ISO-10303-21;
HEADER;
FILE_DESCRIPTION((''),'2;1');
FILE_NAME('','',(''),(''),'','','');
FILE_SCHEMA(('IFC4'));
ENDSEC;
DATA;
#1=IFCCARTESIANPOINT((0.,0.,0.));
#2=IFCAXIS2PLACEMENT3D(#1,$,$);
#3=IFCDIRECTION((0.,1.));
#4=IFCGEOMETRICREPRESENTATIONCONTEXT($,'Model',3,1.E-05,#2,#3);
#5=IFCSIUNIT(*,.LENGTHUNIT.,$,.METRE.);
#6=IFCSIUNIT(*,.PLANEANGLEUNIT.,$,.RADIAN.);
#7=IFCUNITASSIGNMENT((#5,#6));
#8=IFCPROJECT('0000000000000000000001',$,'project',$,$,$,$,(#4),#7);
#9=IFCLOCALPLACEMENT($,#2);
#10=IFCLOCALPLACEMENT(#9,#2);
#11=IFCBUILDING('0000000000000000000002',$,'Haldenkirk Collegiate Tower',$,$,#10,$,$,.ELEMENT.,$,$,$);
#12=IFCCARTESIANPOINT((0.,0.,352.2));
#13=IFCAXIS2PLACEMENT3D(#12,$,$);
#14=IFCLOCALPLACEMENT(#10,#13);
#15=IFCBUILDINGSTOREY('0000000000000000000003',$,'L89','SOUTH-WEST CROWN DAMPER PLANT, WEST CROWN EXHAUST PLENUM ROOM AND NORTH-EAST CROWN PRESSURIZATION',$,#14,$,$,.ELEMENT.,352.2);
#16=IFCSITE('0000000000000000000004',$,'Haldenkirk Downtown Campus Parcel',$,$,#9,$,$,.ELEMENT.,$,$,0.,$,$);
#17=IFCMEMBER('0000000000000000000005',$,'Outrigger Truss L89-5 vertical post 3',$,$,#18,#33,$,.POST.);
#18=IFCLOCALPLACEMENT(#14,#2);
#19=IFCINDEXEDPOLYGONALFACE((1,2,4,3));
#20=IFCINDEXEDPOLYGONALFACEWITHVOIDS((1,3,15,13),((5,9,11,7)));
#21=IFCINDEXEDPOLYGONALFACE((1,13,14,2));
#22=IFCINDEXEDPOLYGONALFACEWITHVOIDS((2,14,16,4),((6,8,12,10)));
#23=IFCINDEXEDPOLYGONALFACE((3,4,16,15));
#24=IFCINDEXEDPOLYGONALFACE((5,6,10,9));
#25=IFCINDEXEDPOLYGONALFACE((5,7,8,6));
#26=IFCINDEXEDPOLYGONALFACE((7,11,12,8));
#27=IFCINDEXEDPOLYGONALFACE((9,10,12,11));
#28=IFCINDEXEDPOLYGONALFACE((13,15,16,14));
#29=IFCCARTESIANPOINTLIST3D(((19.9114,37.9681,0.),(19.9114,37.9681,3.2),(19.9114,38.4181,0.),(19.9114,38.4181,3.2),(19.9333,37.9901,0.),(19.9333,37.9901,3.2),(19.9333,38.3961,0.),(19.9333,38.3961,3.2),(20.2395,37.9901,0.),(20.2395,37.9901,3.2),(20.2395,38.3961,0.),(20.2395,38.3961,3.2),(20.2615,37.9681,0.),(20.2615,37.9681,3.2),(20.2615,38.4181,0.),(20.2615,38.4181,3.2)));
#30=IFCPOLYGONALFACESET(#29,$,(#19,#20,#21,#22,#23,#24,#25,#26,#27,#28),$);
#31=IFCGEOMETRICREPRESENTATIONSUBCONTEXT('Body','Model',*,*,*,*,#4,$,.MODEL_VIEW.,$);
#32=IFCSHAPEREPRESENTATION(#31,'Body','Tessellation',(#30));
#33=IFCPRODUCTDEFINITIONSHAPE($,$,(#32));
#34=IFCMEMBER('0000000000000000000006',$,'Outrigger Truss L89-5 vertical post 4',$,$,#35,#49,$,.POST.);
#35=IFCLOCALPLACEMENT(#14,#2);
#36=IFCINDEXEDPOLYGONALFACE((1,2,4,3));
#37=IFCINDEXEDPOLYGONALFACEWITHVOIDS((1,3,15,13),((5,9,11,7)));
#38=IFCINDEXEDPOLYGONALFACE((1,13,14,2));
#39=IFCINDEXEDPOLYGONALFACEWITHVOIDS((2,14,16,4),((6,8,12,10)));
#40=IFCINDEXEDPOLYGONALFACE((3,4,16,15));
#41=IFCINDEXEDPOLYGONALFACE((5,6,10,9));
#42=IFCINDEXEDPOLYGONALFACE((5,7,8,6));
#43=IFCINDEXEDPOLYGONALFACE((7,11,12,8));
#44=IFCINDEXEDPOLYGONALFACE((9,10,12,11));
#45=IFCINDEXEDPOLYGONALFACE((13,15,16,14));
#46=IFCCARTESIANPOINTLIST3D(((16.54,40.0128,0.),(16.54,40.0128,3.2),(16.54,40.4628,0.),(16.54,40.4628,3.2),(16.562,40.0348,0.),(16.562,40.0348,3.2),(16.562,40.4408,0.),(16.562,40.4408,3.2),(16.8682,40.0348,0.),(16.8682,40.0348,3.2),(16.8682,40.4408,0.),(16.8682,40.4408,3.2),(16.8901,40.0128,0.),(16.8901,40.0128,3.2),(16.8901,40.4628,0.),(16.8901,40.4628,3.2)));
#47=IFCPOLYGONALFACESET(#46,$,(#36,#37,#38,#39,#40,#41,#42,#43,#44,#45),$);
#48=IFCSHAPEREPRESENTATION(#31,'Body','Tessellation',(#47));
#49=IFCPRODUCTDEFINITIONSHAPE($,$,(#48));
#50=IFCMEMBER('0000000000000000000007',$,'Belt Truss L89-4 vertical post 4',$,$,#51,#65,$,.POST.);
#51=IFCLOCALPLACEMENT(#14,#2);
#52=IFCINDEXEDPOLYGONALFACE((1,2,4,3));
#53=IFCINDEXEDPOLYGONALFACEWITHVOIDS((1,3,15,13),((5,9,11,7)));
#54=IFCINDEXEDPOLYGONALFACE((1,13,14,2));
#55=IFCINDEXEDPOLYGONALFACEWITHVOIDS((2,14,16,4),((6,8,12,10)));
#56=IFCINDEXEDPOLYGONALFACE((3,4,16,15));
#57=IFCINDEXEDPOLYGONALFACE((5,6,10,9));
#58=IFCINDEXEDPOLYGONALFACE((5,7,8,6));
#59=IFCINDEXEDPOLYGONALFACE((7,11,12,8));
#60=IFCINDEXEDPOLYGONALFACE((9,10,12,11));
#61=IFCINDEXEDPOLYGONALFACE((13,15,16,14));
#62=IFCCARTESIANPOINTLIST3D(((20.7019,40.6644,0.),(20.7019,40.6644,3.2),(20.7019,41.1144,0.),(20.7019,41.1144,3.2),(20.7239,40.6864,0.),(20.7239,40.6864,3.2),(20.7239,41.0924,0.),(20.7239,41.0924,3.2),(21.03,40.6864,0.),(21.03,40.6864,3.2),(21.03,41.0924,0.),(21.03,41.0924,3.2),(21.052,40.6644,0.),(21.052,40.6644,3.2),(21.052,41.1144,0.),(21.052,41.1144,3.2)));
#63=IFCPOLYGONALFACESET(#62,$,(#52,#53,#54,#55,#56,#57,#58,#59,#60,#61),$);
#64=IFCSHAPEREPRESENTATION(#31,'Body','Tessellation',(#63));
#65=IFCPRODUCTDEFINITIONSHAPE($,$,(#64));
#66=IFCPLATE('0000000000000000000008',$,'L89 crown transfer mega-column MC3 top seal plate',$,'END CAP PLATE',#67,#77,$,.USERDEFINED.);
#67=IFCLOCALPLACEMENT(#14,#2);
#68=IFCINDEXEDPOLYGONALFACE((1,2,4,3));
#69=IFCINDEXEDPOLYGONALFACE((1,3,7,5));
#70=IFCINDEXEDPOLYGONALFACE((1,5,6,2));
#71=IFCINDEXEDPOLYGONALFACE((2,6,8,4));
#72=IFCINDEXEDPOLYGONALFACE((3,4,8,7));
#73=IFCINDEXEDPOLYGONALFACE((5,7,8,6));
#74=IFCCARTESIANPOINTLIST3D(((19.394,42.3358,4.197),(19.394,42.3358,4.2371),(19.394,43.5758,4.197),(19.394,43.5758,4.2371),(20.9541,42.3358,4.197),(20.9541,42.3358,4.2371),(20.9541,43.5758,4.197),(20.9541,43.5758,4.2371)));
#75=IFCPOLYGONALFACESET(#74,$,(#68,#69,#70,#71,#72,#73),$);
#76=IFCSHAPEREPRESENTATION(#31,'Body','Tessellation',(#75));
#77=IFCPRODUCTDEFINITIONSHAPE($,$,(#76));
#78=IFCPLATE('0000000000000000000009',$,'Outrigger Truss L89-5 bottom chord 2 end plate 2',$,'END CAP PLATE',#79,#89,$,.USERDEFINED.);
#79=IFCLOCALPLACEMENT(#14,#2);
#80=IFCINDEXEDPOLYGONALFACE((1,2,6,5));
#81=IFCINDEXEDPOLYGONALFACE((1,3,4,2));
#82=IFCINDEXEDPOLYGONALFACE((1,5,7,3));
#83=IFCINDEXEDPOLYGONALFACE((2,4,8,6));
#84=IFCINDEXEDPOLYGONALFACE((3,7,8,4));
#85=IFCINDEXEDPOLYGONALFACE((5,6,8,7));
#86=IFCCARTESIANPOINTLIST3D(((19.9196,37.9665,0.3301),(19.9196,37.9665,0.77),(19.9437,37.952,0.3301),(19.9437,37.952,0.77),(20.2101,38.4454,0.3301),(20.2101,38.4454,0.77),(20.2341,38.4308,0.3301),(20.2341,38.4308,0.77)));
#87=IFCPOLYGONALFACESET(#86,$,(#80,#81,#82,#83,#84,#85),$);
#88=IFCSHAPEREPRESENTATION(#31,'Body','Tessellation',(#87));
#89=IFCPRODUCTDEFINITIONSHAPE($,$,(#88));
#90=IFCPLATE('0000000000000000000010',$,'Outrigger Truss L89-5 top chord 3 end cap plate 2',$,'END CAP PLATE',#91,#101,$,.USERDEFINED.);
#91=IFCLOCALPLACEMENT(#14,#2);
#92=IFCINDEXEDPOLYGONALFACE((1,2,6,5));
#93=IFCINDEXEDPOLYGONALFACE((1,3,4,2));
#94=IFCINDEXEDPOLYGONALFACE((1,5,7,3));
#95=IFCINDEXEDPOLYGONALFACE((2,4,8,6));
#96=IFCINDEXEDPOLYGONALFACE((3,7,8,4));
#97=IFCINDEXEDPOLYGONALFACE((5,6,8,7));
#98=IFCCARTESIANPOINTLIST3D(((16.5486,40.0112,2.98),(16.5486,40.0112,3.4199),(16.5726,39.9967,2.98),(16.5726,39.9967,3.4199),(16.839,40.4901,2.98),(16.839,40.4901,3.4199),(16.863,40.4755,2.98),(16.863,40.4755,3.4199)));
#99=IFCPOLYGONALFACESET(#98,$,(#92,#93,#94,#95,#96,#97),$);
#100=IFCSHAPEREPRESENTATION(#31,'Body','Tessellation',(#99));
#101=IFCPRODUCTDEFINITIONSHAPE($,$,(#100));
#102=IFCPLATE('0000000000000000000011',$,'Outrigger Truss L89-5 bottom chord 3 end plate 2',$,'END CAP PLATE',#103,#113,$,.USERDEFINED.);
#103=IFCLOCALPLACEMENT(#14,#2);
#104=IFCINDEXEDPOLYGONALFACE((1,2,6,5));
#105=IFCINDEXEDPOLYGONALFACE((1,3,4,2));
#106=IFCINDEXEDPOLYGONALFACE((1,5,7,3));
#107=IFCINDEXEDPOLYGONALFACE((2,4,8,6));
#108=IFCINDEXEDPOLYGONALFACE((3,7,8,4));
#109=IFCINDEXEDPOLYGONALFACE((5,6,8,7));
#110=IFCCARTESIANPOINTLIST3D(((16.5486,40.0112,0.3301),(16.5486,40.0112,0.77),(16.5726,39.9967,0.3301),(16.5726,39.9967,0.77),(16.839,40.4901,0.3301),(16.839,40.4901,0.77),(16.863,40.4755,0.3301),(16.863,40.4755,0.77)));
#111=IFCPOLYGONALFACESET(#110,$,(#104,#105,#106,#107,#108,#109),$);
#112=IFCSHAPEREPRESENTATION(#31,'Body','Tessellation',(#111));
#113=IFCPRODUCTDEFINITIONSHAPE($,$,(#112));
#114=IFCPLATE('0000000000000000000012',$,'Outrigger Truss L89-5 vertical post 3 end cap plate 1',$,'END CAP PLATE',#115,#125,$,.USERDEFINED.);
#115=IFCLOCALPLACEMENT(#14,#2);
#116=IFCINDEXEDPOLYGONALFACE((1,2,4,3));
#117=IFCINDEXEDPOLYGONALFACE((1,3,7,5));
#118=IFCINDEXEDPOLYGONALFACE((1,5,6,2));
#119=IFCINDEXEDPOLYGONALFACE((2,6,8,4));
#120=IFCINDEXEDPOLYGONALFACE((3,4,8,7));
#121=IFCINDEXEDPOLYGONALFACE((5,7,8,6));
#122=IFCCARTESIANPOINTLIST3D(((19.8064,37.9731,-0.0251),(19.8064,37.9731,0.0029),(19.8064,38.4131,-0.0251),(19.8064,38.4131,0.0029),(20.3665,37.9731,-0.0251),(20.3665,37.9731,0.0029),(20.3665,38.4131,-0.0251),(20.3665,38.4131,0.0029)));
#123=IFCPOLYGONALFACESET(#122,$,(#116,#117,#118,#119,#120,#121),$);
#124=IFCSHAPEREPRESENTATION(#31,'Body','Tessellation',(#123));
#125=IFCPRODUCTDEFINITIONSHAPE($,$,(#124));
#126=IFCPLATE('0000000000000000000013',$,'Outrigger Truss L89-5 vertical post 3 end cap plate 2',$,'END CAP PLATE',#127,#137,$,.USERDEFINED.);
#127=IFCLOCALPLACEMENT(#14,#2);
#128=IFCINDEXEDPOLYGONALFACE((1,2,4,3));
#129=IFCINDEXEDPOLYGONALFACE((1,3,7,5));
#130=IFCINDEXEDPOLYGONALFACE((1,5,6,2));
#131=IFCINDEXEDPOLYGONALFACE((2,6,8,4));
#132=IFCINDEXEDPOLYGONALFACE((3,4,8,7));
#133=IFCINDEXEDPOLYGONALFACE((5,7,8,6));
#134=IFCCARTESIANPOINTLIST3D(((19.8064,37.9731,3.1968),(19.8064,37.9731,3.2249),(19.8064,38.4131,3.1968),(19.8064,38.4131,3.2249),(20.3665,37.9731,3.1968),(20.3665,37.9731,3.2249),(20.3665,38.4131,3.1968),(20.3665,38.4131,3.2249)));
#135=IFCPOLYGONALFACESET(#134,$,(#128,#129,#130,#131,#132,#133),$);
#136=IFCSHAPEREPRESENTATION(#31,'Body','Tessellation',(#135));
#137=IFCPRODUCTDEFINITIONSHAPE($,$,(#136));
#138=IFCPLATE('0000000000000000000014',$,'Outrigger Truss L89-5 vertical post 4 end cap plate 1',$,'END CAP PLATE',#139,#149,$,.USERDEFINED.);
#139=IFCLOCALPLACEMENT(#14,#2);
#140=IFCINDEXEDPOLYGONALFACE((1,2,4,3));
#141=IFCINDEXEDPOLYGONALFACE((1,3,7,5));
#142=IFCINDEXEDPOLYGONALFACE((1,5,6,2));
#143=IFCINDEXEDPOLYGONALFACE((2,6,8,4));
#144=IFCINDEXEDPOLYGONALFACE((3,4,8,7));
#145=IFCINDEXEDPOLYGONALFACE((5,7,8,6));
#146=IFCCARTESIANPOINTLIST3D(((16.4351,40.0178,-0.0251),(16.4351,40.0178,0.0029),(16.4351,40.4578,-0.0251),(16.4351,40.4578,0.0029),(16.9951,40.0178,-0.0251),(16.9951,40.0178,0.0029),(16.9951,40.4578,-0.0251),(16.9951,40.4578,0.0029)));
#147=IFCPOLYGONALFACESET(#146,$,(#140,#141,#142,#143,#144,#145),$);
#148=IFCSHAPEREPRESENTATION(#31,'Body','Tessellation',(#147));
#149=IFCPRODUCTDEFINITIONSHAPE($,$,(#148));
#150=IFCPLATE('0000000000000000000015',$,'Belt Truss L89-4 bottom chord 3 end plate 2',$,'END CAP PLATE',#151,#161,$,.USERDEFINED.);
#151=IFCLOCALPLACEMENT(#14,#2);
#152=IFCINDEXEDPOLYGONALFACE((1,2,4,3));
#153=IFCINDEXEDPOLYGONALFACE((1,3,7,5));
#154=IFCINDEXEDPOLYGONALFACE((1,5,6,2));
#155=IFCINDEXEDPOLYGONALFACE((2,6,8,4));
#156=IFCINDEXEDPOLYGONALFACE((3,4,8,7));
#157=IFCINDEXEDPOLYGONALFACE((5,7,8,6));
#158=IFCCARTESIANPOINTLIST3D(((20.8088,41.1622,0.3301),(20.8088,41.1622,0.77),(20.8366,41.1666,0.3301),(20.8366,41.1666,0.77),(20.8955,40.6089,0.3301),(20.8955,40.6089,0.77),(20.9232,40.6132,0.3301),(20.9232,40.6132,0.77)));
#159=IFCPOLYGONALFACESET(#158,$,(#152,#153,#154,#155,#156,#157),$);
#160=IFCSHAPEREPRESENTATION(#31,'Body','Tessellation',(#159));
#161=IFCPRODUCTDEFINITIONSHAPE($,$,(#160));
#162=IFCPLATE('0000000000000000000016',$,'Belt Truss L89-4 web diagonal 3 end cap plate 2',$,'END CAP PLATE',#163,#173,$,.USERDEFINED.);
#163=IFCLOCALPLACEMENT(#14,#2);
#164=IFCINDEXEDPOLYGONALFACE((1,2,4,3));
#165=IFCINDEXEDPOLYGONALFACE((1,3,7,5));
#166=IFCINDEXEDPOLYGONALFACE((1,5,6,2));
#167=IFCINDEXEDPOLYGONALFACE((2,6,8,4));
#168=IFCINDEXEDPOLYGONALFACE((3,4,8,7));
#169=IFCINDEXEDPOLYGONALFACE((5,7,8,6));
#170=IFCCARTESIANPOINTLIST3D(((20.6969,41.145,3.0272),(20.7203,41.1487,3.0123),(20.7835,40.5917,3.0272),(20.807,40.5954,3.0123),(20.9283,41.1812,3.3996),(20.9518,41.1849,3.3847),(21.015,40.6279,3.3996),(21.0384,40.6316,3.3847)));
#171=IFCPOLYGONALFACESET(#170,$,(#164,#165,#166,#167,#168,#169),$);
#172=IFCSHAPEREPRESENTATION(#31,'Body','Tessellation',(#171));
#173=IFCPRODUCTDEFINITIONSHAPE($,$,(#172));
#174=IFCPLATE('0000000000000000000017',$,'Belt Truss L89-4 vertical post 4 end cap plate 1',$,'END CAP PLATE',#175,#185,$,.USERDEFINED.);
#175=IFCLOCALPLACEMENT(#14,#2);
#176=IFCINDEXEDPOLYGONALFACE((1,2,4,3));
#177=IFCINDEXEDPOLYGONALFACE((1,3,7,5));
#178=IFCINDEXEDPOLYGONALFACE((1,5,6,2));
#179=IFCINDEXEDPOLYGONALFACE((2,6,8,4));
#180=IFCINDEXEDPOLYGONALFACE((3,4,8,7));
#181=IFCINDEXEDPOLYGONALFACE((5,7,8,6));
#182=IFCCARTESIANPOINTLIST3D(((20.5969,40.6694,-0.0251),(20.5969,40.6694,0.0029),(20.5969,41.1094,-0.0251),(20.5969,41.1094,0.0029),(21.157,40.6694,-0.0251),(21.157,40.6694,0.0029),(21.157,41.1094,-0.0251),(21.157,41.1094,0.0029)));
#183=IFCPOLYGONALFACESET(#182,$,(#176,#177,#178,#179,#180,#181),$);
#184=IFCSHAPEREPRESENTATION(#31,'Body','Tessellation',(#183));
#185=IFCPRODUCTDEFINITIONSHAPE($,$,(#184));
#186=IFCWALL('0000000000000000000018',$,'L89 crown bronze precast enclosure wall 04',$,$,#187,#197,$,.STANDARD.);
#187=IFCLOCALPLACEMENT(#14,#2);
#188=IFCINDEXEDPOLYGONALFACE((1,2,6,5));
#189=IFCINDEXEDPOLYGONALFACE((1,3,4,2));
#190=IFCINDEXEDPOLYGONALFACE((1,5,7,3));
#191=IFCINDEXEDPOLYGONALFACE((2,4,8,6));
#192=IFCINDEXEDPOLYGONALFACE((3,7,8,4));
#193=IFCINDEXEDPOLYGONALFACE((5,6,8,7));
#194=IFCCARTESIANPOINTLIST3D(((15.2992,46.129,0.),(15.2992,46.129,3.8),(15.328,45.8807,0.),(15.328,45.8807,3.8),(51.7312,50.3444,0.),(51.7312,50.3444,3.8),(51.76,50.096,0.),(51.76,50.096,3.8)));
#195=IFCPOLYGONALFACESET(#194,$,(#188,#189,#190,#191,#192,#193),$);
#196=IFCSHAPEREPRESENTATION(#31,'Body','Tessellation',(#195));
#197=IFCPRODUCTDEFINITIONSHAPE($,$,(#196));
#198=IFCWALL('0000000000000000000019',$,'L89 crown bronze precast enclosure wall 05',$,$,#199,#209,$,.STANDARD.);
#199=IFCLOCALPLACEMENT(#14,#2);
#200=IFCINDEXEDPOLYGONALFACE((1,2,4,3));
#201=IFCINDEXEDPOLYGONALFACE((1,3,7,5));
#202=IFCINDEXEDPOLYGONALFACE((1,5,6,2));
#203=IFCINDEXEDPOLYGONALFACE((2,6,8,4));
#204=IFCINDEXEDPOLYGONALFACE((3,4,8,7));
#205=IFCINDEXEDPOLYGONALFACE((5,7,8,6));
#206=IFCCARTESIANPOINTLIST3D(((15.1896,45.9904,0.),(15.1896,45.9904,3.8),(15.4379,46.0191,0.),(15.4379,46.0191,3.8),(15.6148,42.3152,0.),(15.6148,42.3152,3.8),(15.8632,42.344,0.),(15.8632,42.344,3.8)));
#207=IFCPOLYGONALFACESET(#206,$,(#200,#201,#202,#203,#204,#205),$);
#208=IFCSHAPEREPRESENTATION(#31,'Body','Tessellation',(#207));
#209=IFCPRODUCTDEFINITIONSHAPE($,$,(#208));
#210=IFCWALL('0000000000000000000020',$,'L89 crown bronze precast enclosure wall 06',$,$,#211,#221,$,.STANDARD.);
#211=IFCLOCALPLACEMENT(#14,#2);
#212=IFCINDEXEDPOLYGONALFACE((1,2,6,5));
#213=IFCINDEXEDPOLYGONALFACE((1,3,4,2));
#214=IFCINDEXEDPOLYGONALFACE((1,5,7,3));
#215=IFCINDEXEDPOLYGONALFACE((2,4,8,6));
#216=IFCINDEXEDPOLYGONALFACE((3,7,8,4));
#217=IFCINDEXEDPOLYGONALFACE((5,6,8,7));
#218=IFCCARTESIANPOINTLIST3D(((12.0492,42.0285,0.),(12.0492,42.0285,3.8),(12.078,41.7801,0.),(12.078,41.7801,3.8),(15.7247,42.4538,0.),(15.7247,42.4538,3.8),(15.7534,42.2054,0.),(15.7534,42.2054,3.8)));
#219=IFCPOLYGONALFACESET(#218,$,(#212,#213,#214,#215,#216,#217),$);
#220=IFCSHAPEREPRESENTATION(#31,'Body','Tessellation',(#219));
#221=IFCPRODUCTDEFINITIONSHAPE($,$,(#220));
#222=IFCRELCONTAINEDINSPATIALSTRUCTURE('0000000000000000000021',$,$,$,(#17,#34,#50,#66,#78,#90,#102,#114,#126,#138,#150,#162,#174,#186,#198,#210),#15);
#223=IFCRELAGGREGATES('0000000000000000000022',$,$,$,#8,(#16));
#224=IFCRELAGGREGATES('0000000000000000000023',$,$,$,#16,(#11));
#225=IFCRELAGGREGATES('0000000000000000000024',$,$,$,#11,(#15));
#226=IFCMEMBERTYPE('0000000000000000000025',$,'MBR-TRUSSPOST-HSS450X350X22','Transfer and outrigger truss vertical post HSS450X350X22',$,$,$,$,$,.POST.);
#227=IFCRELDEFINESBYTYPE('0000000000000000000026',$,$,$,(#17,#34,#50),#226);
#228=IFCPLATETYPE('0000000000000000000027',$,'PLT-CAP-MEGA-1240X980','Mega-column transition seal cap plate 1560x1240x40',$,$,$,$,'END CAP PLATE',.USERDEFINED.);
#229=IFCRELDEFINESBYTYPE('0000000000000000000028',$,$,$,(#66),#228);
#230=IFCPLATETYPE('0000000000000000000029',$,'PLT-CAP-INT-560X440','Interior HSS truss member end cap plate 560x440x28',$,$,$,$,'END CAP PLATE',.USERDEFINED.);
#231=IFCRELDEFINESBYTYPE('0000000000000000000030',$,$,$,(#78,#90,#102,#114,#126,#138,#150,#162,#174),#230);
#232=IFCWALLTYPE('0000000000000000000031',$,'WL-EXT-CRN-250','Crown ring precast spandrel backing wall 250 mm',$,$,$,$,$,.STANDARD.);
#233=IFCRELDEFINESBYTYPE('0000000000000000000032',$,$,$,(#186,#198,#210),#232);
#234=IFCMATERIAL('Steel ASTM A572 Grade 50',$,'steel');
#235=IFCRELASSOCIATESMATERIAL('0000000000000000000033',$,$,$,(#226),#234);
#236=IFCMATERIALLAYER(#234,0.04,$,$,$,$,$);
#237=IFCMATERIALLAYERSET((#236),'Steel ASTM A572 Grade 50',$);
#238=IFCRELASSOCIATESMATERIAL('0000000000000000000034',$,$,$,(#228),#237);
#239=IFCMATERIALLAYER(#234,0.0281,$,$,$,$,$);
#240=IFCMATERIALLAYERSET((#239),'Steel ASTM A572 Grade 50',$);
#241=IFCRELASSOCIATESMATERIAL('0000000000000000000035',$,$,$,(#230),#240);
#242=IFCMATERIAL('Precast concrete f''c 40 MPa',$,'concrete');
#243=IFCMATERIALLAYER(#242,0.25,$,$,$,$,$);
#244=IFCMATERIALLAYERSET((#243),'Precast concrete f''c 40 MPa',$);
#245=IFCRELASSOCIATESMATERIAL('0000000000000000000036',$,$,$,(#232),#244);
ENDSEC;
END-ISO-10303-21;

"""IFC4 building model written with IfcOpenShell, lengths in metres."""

from ifc_helpers import new_model, si_unit, direction, frame, frame_2d, origin, origin_2d, place, context, subcontext, project, spatial, rectangle, hollow_rectangle, extrude, source, transform, mapped, material, layer, layer_set, material_profile, profile_set, type_object, element, save


model = new_model("IFC4")

# Units and contexts
model_context = context("Model", 3, precision=1e-05, world=origin(), true_north=direction((0.0, 1.0)))
body_context = subcontext(model_context, "Body", "Model", "MODEL_VIEW")
ifc_project = project(units=[si_unit("LENGTHUNIT", "METRE"), si_unit("PLANEANGLEUNIT", "RADIAN")], contexts=[model_context])

# Site, building, storey
site_placement = place(None, origin())
site = spatial("IfcSite", under=ifc_project, at=site_placement, Name="Haldenkirk Downtown Campus Parcel", CompositionType="ELEMENT", RefElevation=0.0)
building_placement = place(site_placement, origin())
building = spatial("IfcBuilding", under=site, at=building_placement, Name="Haldenkirk Collegiate Tower", CompositionType="ELEMENT")
storey_placement = place(building_placement, frame((0.0, 0.0, 352.2)))
storey = spatial("IfcBuildingStorey", under=building, at=storey_placement, Name="L89", Description="SOUTH-WEST CROWN DAMPER PLANT, WEST CROWN EXHAUST PLENUM ROOM AND NORTH-EAST CROWN PRESSURIZATION", CompositionType="ELEMENT", Elevation=352.2)

# Shared definitions
ifc_material_1 = material(Name="Steel ASTM A572 Grade 50", Category="steel")

# Members
ifc_material_profile_1 = material_profile(ifc_material_1, hollow_rectangle(XDim=0.3501, YDim=0.45, WallThickness=0.022, at=origin_2d()), Name="HSS450X350X22")
ifc_profile_set_1 = profile_set([ifc_material_profile_1], Name="Steel ASTM A572 Grade 50")
member_type_1 = type_object("IfcMemberType", Name="MBR-TRUSSPOST-HSS450X350X22", Description="Transfer and outrigger truss vertical post HSS450X350X22", PredefinedType="POST", material=ifc_profile_set_1)
for number, where, z_axis, x_axis, name in (
    (1, (20.0864, 38.1931, 0.0), (0.0, 0.0, 1.0), (1.0, 0.0, 0.0), "Outrigger Truss L89-5 vertical post 3"),
    (2, (16.7151, 40.2378, 0.0), (0.0, 0.0, 1.0), (1.0, 0.0, 0.0), "Outrigger Truss L89-5 vertical post 4"),
    (3, (20.877, 40.8894, 0.0), (0.0, 0.0, 1.0), (1.0, 0.0, 0.0), "Belt Truss L89-4 vertical post 4"),
):
    element("IfcMember", number, at=place(storey_placement, frame(where, z_axis=z_axis, x_axis=x_axis)), inside=storey, type_object=member_type_1, Name=name, PredefinedType="POST", context=body_context, shape_type="SweptSolid", body=[
        extrude(hollow_rectangle(XDim=0.3501, YDim=0.45, WallThickness=0.022, at=origin_2d()), origin(), (0.0, 0.0, 1.0), 3.2),
    ])

# Plates
ifc_layer_1 = layer(ifc_material_1, 0.04)
ifc_layer_set_1 = layer_set([ifc_layer_1], Name="Steel ASTM A572 Grade 50")
plate_type_1 = type_object("IfcPlateType", Name="PLT-CAP-MEGA-1240X980", Description="Mega-column transition seal cap plate 1560x1240x40", ElementType="END CAP PLATE", PredefinedType="USERDEFINED", material=ifc_layer_set_1)
shared_shape_1 = source(origin(), body_context, "Body", "SweptSolid", [
    extrude(rectangle(XDim=1.5601, YDim=1.24, at=origin_2d()), origin(), (0.0, 0.0, 1.0), 0.04),
])
plate_placement = place(storey_placement, frame((20.1741, 42.9558, 4.197), z_axis=(0.0, 0.0, 1.0), x_axis=(1.0, 0.0, 0.0)))
element("IfcPlate", 4, at=plate_placement, inside=storey, type_object=plate_type_1, Name="L89 crown transfer mega-column MC3 top seal plate", ObjectType="END CAP PLATE", PredefinedType="USERDEFINED", context=body_context, shape_type="MappedRepresentation", body=[
    mapped(shared_shape_1, transform((0.0, 0.0, 0.0), x_axis=(1.0, 0.0, 0.0), y_axis=(0.0, 1.0, 0.0), z_axis=(0.0, 0.0, 1.0), scale=1.0)),
])
ifc_layer_2 = layer(ifc_material_1, 0.0281)
ifc_layer_set_2 = layer_set([ifc_layer_2], Name="Steel ASTM A572 Grade 50")
plate_type_2 = type_object("IfcPlateType", Name="PLT-CAP-INT-560X440", Description="Interior HSS truss member end cap plate 560x440x28", ElementType="END CAP PLATE", PredefinedType="USERDEFINED", material=ifc_layer_set_2)
shared_shape_2 = source(origin(), body_context, "Body", "SweptSolid", [
    extrude(rectangle(XDim=0.5601, YDim=0.4399, at=origin_2d()), origin(), (0.0, 0.0, 1.0), 0.0281),
])
for number, where, z_axis, x_axis, name in (
    (5, (20.0889, 38.1914, 0.55), (-0.855031, 0.518578, 0.0), (-0.518578, -0.855031, 0.0), "Outrigger Truss L89-5 bottom chord 2 end plate 2"),
    (6, (16.7178, 40.2361, 3.2), (-0.855031, 0.518578, 0.0), (-0.518578, -0.855031, 0.0), "Outrigger Truss L89-5 top chord 3 end cap plate 2"),
    (7, (16.7178, 40.2361, 0.55), (-0.855031, 0.518578, 0.0), (-0.518578, -0.855031, 0.0), "Outrigger Truss L89-5 bottom chord 3 end plate 2"),
    (8, (20.0864, 38.1931, 0.0029), (0.0, 0.0, -1.0), (1.0, 0.0, 0.0), "Outrigger Truss L89-5 vertical post 3 end cap plate 1"),
    (9, (20.0864, 38.1931, 3.1968), (0.0, 0.0, 1.0), (1.0, 0.0, 0.0), "Outrigger Truss L89-5 vertical post 3 end cap plate 2"),
    (10, (16.7151, 40.2378, 0.0029), (0.0, 0.0, -1.0), (1.0, 0.0, 0.0), "Outrigger Truss L89-5 vertical post 4 end cap plate 1"),
    (11, (20.8799, 40.8899, 0.55), (-0.98796, -0.154712, 0.0), (0.154712, -0.98796, 0.0), "Belt Truss L89-4 bottom chord 3 end plate 2"),
    (12, (20.8794, 40.8901, 3.1985), (-0.836251, -0.130969, 0.532477), (0.154729, -0.987957, 0.0), "Belt Truss L89-4 web diagonal 3 end cap plate 2"),
    (13, (20.877, 40.8894, 0.0029), (0.0, 0.0, -1.0), (1.0, 0.0, 0.0), "Belt Truss L89-4 vertical post 4 end cap plate 1"),
):
    element("IfcPlate", number, at=place(storey_placement, frame(where, z_axis=z_axis, x_axis=x_axis)), inside=storey, type_object=plate_type_2, Name=name, ObjectType="END CAP PLATE", PredefinedType="USERDEFINED", context=body_context, shape_type="MappedRepresentation", body=[
        mapped(shared_shape_2, transform((0.0, 0.0, 0.0), x_axis=(1.0, 0.0, 0.0), y_axis=(0.0, 1.0, 0.0), z_axis=(0.0, 0.0, 1.0), scale=1.0)),
    ])

# Walls
ifc_material_2 = material(Name="Precast concrete f'c 40 MPa", Category="concrete")
ifc_layer_3 = layer(ifc_material_2, 0.25)
ifc_layer_set_3 = layer_set([ifc_layer_3], Name="Precast concrete f'c 40 MPa")
wall_type = type_object("IfcWallType", Name="WL-EXT-CRN-250", Description="Crown ring precast spandrel backing wall 250 mm", PredefinedType="STANDARD", material=ifc_layer_set_3)
wall_1_placement = place(storey_placement, frame((15.3137, 46.0049, 0.0), z_axis=(0.0, 0.0, 1.0), x_axis=(0.993373, 0.114938, 0.0)))
element("IfcWall", 14, at=wall_1_placement, inside=storey, type_object=wall_type, Name="L89 crown bronze precast enclosure wall 04", PredefinedType="STANDARD", context=body_context, shape_type="SweptSolid", body=[
    extrude(rectangle(XDim=36.675, YDim=0.25, at=frame_2d((18.3374, 0.0))), origin(), (0.0, 0.0, 1.0), 3.8),
])
wall_2_placement = place(storey_placement, frame((15.739, 42.3296, 0.0), z_axis=(0.0, 0.0, 1.0), x_axis=(-0.11495, 0.993371, 0.0)))
element("IfcWall", 15, at=wall_2_placement, inside=storey, type_object=wall_type, Name="L89 crown bronze precast enclosure wall 05", PredefinedType="STANDARD", context=body_context, shape_type="SweptSolid", body=[
    extrude(rectangle(XDim=3.6997, YDim=0.25, at=frame_2d((1.8499, 0.0))), origin(), (0.0, 0.0, 1.0), 3.8),
])
wall_3_placement = place(storey_placement, frame((12.0635, 41.9043, 0.0), z_axis=(0.0, 0.0, 1.0), x_axis=(0.993372, 0.114942, 0.0)))
element("IfcWall", 16, at=wall_3_placement, inside=storey, type_object=wall_type, Name="L89 crown bronze precast enclosure wall 06", PredefinedType="STANDARD", context=body_context, shape_type="SweptSolid", body=[
    extrude(rectangle(XDim=3.7, YDim=0.25, at=frame_2d((1.8501, 0.0))), origin(), (0.0, 0.0, 1.0), 3.8),
])

save(model, "model.ifc")
